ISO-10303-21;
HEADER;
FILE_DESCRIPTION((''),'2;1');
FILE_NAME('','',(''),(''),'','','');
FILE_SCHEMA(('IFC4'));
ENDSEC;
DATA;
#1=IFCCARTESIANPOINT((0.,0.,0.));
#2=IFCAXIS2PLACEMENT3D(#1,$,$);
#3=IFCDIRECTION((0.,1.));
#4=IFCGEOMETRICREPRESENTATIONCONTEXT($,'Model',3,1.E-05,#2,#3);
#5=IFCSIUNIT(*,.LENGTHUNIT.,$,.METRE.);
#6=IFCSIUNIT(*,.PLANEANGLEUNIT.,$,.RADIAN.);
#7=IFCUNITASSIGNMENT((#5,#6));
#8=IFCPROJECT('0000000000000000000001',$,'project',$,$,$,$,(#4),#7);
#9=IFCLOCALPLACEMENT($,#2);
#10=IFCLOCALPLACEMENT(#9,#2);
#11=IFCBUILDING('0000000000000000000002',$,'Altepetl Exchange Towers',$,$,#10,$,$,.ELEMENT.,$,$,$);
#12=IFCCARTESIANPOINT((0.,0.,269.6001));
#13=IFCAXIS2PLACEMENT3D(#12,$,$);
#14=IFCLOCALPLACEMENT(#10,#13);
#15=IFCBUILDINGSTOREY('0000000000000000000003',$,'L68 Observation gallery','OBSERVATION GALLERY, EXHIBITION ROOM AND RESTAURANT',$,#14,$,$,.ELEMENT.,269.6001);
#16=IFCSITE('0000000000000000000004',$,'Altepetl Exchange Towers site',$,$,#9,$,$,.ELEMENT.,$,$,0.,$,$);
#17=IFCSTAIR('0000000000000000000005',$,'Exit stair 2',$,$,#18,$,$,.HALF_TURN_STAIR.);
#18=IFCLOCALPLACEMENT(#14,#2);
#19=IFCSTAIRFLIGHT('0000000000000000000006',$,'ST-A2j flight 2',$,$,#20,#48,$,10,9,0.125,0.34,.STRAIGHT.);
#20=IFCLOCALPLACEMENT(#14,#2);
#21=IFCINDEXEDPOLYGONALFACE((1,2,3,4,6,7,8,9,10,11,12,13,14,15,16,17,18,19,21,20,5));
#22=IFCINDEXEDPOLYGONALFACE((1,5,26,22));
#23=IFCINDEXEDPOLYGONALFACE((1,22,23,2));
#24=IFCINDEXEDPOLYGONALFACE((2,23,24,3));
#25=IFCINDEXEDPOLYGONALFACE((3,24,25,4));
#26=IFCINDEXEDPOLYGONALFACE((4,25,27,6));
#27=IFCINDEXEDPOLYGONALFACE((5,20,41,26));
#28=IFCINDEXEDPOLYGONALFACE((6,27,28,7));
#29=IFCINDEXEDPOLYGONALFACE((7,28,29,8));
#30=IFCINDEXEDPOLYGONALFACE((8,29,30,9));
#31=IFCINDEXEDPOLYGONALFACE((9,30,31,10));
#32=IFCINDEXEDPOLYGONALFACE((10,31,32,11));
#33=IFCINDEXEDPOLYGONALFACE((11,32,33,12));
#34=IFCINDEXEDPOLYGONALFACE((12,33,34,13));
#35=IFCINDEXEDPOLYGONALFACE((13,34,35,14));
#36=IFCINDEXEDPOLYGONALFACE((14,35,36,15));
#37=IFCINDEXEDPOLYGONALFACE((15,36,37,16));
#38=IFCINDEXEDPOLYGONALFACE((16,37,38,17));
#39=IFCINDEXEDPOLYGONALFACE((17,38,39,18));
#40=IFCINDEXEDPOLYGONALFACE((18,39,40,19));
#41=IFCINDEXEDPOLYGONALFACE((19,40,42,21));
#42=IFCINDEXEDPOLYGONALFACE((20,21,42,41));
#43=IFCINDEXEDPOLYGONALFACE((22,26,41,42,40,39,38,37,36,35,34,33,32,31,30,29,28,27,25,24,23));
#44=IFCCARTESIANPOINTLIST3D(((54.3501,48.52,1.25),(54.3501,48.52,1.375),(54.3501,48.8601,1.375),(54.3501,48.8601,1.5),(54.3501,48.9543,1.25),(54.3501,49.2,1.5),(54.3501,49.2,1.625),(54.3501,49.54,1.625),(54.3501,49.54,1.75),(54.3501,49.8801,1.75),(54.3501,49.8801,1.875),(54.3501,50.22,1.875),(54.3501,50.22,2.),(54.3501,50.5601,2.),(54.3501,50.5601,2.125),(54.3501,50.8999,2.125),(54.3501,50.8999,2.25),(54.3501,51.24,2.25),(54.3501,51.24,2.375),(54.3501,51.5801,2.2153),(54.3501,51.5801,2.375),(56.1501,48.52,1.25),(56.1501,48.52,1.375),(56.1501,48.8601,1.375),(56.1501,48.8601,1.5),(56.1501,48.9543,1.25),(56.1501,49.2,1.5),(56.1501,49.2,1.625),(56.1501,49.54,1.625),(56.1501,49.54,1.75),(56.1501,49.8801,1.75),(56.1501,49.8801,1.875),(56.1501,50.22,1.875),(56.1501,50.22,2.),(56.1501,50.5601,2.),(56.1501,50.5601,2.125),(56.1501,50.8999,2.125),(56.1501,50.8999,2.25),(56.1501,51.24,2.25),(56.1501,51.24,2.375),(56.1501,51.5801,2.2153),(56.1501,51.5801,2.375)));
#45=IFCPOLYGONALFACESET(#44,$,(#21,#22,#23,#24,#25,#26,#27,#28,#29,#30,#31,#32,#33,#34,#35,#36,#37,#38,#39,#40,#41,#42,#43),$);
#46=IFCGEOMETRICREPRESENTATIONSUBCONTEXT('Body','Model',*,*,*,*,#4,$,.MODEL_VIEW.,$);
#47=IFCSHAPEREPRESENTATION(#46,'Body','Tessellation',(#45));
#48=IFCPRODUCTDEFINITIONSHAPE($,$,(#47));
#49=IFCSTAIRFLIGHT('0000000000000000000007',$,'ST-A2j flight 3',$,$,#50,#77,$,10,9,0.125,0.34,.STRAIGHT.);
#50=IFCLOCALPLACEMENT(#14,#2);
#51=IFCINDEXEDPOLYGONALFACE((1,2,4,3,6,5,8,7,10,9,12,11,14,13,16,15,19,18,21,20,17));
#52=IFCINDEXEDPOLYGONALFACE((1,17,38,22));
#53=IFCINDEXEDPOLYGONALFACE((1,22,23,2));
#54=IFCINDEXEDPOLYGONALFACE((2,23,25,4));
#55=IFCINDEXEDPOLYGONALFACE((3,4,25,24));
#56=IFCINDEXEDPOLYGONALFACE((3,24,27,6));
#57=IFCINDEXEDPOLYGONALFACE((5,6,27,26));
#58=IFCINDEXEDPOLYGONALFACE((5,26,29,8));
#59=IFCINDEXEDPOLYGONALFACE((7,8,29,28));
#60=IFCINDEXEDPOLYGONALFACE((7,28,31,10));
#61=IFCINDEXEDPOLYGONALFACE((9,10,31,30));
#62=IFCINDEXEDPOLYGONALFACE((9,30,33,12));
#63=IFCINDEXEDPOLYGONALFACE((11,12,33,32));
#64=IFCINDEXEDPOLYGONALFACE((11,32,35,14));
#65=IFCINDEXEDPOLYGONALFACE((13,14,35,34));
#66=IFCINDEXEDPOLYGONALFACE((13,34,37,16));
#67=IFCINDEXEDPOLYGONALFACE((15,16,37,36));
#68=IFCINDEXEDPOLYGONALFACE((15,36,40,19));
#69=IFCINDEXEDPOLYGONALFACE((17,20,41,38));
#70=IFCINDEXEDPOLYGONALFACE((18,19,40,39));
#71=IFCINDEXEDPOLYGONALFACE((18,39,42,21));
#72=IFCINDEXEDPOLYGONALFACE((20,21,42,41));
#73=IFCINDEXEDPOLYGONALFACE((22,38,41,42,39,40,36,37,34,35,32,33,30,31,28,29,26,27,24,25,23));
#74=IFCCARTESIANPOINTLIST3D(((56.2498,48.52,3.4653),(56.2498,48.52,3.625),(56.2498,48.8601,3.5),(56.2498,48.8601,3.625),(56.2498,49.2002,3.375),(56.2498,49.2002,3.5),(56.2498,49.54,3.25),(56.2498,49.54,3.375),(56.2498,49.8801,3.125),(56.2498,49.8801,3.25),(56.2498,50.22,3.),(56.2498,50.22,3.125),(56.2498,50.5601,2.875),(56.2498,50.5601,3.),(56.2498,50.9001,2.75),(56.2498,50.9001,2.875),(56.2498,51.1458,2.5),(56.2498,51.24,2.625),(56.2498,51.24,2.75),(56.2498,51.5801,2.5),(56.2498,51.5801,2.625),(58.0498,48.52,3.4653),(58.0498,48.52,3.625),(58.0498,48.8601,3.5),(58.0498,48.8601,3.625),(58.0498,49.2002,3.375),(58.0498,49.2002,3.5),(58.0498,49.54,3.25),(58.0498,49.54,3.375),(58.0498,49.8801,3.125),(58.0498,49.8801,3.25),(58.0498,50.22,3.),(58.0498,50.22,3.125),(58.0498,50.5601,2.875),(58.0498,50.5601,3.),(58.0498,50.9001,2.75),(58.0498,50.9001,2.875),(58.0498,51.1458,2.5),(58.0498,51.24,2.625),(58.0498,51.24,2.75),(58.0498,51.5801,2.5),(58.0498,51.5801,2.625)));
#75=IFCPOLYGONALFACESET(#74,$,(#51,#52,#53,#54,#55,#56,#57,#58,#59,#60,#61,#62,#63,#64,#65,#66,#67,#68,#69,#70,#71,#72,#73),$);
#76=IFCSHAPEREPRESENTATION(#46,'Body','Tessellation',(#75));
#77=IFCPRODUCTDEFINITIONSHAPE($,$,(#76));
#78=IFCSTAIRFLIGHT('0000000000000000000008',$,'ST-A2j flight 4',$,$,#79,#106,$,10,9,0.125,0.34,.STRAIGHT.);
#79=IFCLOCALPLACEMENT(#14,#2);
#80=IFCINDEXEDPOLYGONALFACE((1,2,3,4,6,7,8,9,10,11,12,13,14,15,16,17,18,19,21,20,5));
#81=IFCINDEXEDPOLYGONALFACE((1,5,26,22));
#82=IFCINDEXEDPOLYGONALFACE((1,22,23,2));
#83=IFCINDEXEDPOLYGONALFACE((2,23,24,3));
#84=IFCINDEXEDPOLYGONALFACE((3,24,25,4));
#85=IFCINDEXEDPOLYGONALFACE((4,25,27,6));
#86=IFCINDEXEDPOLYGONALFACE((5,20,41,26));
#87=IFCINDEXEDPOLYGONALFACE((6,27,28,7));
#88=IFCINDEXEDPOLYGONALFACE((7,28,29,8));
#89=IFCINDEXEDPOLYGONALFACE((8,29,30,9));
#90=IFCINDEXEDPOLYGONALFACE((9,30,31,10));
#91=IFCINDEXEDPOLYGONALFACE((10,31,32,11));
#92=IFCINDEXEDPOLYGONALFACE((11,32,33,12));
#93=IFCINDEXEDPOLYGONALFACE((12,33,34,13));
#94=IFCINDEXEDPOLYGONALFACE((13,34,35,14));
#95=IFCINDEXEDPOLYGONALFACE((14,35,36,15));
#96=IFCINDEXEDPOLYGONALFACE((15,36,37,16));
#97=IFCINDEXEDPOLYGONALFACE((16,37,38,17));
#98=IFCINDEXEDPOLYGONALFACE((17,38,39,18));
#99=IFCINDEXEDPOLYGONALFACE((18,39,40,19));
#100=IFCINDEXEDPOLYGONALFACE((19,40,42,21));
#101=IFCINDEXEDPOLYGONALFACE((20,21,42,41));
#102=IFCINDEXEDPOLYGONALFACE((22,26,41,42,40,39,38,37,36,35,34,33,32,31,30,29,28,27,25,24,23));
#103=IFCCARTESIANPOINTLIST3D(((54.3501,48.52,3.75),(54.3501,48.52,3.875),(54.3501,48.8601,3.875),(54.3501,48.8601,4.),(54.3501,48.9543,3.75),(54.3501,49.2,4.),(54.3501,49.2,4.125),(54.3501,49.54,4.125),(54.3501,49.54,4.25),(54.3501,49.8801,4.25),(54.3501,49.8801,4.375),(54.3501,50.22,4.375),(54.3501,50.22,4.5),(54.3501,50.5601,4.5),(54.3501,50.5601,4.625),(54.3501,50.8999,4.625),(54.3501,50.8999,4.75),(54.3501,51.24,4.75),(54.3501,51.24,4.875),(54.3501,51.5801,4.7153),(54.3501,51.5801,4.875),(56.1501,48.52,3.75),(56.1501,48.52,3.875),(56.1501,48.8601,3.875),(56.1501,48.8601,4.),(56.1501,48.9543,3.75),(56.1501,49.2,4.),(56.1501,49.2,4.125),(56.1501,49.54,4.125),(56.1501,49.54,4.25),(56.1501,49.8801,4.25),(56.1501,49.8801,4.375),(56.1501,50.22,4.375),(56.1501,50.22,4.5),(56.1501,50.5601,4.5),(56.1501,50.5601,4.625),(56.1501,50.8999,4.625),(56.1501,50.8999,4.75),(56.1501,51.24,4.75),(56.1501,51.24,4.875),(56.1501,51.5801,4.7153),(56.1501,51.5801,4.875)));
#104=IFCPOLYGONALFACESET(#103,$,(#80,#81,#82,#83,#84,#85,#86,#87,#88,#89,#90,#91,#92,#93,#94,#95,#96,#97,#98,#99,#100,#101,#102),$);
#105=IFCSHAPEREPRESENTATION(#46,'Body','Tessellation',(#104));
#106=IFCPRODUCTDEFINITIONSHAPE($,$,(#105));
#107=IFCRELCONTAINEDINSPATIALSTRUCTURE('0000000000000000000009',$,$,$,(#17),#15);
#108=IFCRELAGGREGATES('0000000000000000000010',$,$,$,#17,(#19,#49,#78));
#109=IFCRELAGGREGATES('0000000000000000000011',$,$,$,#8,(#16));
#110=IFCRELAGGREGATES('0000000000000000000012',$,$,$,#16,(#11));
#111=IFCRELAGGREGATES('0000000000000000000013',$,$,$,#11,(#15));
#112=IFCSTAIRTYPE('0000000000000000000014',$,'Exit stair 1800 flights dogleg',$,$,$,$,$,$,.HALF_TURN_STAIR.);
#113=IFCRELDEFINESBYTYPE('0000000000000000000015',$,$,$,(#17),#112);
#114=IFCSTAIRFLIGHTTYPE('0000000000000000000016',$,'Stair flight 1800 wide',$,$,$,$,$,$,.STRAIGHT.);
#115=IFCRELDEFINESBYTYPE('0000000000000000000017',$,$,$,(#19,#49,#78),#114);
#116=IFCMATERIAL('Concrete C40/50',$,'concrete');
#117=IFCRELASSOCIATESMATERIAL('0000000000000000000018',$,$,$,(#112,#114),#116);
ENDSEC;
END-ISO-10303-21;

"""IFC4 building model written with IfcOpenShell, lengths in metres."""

from ifc_helpers import new_model, si_unit, direction, frame, origin, place, context, subcontext, project, spatial, polyline, outline, extrude, material, type_object, element, aggregate, save


model = new_model("IFC4")

# Units and contexts
model_context = context("Model", 3, precision=1e-05, world=origin(), true_north=direction((0.0, 1.0)))
body_context = subcontext(model_context, "Body", "Model", "MODEL_VIEW")
ifc_project = project(units=[si_unit("LENGTHUNIT", "METRE"), si_unit("PLANEANGLEUNIT", "RADIAN")], contexts=[model_context])

# Site, building, storey
site_placement = place(None, origin())
site = spatial("IfcSite", under=ifc_project, at=site_placement, Name="Altepetl Exchange Towers site", CompositionType="ELEMENT", RefElevation=0.0)
building_placement = place(site_placement, origin())
building = spatial("IfcBuilding", under=site, at=building_placement, Name="Altepetl Exchange Towers", CompositionType="ELEMENT")
storey_placement = place(building_placement, frame((0.0, 0.0, 269.6001)))
storey = spatial("IfcBuildingStorey", under=building, at=storey_placement, Name="L68 Observation gallery", Description="OBSERVATION GALLERY, EXHIBITION ROOM AND RESTAURANT", CompositionType="ELEMENT", Elevation=269.6001)

# Shared definitions
ifc_material_1 = material(Name="Concrete C40/50", Category="concrete")

# Stair, stair flights
stair_type = type_object("IfcStairType", Name="Exit stair 1800 flights dogleg", PredefinedType="HALF_TURN_STAIR", material=ifc_material_1)
stair_placement = place(storey_placement, origin())
stair = element("IfcStair", 1, at=stair_placement, inside=storey, type_object=stair_type, Name="Exit stair 2", PredefinedType="HALF_TURN_STAIR")
stair_flight_type = type_object("IfcStairFlightType", Name="Stair flight 1800 wide", PredefinedType="STRAIGHT", material=ifc_material_1)
stair_flight_1_placement = place(storey_placement, frame((55.25, 48.52, 1.25), z_axis=(0.0, 0.0, 1.0), x_axis=(0.0, 1.0, 0.0)))
stair_flight_1 = element("IfcStairFlight", 2, at=stair_flight_1_placement, type_object=stair_flight_type, Name="ST-A2j flight 2", NumberOfRisers=10, NumberOfTreads=9, PredefinedType="STRAIGHT", RiserHeight=0.125, TreadLength=0.34, context=body_context, shape_type="SweptSolid", body=[
    extrude(outline(polyline([(0.0, 0.0), (0.0, 0.125), (0.3401, 0.125), (0.3401, 0.25), (0.6799, 0.25), (0.6799, 0.375), (1.02, 0.375), (1.02, 0.5), (1.3601, 0.5), (1.3601, 0.625), (1.7, 0.625), (1.7, 0.75), (2.04, 0.75), (2.04, 0.875), (2.3799, 0.875), (2.3799, 1.0), (2.72, 1.0), (2.72, 1.125), (3.0601, 1.125), (3.0601, 1.25), (3.0601, 0.9653), (0.4343, 0.0), (0.0, 0.0)])), frame((0.0, 0.8999, 0.0), z_axis=(0.0, -1.0, 0.0), x_axis=(1.0, 0.0, 0.0)), (0.0, 0.0, 1.0), 1.8),
])
stair_flight_2_placement = place(storey_placement, frame((57.1499, 51.5801, 2.5), z_axis=(0.0, 0.0, 1.0), x_axis=(0.0, -1.0, 0.0)))
stair_flight_2 = element("IfcStairFlight", 3, at=stair_flight_2_placement, type_object=stair_flight_type, Name="ST-A2j flight 3", NumberOfRisers=10, NumberOfTreads=9, PredefinedType="STRAIGHT", RiserHeight=0.125, TreadLength=0.34, context=body_context, shape_type="SweptSolid", body=[
    extrude(outline(polyline([(0.0, 0.0), (0.0, 0.125), (0.3401, 0.125), (0.3401, 0.25), (0.6799, 0.25), (0.6799, 0.375), (1.02, 0.375), (1.02, 0.5), (1.3601, 0.5), (1.3601, 0.625), (1.7, 0.625), (1.7, 0.75), (2.04, 0.75), (2.04, 0.875), (2.3799, 0.875), (2.3799, 1.0), (2.72, 1.0), (2.72, 1.125), (3.0601, 1.125), (3.0601, 1.25), (3.0601, 0.9653), (0.4343, 0.0), (0.0, 0.0)])), frame((0.0, 0.8999, 0.0), z_axis=(0.0, -1.0, 0.0), x_axis=(1.0, 0.0, 0.0)), (0.0, 0.0, 1.0), 1.8),
])
stair_flight_3_placement = place(storey_placement, frame((55.25, 48.52, 3.75), z_axis=(0.0, 0.0, 1.0), x_axis=(0.0, 1.0, 0.0)))
stair_flight_3 = element("IfcStairFlight", 4, at=stair_flight_3_placement, type_object=stair_flight_type, Name="ST-A2j flight 4", NumberOfRisers=10, NumberOfTreads=9, PredefinedType="STRAIGHT", RiserHeight=0.125, TreadLength=0.34, context=body_context, shape_type="SweptSolid", body=[
    extrude(outline(polyline([(0.0, 0.0), (0.0, 0.125), (0.3401, 0.125), (0.3401, 0.25), (0.6799, 0.25), (0.6799, 0.375), (1.02, 0.375), (1.02, 0.5), (1.3601, 0.5), (1.3601, 0.625), (1.7, 0.625), (1.7, 0.75), (2.04, 0.75), (2.04, 0.875), (2.3799, 0.875), (2.3799, 1.0), (2.72, 1.0), (2.72, 1.125), (3.0601, 1.125), (3.0601, 1.25), (3.0601, 0.9653), (0.4343, 0.0), (0.0, 0.0)])), frame((0.0, 0.8999, 0.0), z_axis=(0.0, -1.0, 0.0), x_axis=(1.0, 0.0, 0.0)), (0.0, 0.0, 1.0), 1.8),
])
aggregate(stair, [stair_flight_1, stair_flight_2, stair_flight_3])

save(model, "model.ifc")
